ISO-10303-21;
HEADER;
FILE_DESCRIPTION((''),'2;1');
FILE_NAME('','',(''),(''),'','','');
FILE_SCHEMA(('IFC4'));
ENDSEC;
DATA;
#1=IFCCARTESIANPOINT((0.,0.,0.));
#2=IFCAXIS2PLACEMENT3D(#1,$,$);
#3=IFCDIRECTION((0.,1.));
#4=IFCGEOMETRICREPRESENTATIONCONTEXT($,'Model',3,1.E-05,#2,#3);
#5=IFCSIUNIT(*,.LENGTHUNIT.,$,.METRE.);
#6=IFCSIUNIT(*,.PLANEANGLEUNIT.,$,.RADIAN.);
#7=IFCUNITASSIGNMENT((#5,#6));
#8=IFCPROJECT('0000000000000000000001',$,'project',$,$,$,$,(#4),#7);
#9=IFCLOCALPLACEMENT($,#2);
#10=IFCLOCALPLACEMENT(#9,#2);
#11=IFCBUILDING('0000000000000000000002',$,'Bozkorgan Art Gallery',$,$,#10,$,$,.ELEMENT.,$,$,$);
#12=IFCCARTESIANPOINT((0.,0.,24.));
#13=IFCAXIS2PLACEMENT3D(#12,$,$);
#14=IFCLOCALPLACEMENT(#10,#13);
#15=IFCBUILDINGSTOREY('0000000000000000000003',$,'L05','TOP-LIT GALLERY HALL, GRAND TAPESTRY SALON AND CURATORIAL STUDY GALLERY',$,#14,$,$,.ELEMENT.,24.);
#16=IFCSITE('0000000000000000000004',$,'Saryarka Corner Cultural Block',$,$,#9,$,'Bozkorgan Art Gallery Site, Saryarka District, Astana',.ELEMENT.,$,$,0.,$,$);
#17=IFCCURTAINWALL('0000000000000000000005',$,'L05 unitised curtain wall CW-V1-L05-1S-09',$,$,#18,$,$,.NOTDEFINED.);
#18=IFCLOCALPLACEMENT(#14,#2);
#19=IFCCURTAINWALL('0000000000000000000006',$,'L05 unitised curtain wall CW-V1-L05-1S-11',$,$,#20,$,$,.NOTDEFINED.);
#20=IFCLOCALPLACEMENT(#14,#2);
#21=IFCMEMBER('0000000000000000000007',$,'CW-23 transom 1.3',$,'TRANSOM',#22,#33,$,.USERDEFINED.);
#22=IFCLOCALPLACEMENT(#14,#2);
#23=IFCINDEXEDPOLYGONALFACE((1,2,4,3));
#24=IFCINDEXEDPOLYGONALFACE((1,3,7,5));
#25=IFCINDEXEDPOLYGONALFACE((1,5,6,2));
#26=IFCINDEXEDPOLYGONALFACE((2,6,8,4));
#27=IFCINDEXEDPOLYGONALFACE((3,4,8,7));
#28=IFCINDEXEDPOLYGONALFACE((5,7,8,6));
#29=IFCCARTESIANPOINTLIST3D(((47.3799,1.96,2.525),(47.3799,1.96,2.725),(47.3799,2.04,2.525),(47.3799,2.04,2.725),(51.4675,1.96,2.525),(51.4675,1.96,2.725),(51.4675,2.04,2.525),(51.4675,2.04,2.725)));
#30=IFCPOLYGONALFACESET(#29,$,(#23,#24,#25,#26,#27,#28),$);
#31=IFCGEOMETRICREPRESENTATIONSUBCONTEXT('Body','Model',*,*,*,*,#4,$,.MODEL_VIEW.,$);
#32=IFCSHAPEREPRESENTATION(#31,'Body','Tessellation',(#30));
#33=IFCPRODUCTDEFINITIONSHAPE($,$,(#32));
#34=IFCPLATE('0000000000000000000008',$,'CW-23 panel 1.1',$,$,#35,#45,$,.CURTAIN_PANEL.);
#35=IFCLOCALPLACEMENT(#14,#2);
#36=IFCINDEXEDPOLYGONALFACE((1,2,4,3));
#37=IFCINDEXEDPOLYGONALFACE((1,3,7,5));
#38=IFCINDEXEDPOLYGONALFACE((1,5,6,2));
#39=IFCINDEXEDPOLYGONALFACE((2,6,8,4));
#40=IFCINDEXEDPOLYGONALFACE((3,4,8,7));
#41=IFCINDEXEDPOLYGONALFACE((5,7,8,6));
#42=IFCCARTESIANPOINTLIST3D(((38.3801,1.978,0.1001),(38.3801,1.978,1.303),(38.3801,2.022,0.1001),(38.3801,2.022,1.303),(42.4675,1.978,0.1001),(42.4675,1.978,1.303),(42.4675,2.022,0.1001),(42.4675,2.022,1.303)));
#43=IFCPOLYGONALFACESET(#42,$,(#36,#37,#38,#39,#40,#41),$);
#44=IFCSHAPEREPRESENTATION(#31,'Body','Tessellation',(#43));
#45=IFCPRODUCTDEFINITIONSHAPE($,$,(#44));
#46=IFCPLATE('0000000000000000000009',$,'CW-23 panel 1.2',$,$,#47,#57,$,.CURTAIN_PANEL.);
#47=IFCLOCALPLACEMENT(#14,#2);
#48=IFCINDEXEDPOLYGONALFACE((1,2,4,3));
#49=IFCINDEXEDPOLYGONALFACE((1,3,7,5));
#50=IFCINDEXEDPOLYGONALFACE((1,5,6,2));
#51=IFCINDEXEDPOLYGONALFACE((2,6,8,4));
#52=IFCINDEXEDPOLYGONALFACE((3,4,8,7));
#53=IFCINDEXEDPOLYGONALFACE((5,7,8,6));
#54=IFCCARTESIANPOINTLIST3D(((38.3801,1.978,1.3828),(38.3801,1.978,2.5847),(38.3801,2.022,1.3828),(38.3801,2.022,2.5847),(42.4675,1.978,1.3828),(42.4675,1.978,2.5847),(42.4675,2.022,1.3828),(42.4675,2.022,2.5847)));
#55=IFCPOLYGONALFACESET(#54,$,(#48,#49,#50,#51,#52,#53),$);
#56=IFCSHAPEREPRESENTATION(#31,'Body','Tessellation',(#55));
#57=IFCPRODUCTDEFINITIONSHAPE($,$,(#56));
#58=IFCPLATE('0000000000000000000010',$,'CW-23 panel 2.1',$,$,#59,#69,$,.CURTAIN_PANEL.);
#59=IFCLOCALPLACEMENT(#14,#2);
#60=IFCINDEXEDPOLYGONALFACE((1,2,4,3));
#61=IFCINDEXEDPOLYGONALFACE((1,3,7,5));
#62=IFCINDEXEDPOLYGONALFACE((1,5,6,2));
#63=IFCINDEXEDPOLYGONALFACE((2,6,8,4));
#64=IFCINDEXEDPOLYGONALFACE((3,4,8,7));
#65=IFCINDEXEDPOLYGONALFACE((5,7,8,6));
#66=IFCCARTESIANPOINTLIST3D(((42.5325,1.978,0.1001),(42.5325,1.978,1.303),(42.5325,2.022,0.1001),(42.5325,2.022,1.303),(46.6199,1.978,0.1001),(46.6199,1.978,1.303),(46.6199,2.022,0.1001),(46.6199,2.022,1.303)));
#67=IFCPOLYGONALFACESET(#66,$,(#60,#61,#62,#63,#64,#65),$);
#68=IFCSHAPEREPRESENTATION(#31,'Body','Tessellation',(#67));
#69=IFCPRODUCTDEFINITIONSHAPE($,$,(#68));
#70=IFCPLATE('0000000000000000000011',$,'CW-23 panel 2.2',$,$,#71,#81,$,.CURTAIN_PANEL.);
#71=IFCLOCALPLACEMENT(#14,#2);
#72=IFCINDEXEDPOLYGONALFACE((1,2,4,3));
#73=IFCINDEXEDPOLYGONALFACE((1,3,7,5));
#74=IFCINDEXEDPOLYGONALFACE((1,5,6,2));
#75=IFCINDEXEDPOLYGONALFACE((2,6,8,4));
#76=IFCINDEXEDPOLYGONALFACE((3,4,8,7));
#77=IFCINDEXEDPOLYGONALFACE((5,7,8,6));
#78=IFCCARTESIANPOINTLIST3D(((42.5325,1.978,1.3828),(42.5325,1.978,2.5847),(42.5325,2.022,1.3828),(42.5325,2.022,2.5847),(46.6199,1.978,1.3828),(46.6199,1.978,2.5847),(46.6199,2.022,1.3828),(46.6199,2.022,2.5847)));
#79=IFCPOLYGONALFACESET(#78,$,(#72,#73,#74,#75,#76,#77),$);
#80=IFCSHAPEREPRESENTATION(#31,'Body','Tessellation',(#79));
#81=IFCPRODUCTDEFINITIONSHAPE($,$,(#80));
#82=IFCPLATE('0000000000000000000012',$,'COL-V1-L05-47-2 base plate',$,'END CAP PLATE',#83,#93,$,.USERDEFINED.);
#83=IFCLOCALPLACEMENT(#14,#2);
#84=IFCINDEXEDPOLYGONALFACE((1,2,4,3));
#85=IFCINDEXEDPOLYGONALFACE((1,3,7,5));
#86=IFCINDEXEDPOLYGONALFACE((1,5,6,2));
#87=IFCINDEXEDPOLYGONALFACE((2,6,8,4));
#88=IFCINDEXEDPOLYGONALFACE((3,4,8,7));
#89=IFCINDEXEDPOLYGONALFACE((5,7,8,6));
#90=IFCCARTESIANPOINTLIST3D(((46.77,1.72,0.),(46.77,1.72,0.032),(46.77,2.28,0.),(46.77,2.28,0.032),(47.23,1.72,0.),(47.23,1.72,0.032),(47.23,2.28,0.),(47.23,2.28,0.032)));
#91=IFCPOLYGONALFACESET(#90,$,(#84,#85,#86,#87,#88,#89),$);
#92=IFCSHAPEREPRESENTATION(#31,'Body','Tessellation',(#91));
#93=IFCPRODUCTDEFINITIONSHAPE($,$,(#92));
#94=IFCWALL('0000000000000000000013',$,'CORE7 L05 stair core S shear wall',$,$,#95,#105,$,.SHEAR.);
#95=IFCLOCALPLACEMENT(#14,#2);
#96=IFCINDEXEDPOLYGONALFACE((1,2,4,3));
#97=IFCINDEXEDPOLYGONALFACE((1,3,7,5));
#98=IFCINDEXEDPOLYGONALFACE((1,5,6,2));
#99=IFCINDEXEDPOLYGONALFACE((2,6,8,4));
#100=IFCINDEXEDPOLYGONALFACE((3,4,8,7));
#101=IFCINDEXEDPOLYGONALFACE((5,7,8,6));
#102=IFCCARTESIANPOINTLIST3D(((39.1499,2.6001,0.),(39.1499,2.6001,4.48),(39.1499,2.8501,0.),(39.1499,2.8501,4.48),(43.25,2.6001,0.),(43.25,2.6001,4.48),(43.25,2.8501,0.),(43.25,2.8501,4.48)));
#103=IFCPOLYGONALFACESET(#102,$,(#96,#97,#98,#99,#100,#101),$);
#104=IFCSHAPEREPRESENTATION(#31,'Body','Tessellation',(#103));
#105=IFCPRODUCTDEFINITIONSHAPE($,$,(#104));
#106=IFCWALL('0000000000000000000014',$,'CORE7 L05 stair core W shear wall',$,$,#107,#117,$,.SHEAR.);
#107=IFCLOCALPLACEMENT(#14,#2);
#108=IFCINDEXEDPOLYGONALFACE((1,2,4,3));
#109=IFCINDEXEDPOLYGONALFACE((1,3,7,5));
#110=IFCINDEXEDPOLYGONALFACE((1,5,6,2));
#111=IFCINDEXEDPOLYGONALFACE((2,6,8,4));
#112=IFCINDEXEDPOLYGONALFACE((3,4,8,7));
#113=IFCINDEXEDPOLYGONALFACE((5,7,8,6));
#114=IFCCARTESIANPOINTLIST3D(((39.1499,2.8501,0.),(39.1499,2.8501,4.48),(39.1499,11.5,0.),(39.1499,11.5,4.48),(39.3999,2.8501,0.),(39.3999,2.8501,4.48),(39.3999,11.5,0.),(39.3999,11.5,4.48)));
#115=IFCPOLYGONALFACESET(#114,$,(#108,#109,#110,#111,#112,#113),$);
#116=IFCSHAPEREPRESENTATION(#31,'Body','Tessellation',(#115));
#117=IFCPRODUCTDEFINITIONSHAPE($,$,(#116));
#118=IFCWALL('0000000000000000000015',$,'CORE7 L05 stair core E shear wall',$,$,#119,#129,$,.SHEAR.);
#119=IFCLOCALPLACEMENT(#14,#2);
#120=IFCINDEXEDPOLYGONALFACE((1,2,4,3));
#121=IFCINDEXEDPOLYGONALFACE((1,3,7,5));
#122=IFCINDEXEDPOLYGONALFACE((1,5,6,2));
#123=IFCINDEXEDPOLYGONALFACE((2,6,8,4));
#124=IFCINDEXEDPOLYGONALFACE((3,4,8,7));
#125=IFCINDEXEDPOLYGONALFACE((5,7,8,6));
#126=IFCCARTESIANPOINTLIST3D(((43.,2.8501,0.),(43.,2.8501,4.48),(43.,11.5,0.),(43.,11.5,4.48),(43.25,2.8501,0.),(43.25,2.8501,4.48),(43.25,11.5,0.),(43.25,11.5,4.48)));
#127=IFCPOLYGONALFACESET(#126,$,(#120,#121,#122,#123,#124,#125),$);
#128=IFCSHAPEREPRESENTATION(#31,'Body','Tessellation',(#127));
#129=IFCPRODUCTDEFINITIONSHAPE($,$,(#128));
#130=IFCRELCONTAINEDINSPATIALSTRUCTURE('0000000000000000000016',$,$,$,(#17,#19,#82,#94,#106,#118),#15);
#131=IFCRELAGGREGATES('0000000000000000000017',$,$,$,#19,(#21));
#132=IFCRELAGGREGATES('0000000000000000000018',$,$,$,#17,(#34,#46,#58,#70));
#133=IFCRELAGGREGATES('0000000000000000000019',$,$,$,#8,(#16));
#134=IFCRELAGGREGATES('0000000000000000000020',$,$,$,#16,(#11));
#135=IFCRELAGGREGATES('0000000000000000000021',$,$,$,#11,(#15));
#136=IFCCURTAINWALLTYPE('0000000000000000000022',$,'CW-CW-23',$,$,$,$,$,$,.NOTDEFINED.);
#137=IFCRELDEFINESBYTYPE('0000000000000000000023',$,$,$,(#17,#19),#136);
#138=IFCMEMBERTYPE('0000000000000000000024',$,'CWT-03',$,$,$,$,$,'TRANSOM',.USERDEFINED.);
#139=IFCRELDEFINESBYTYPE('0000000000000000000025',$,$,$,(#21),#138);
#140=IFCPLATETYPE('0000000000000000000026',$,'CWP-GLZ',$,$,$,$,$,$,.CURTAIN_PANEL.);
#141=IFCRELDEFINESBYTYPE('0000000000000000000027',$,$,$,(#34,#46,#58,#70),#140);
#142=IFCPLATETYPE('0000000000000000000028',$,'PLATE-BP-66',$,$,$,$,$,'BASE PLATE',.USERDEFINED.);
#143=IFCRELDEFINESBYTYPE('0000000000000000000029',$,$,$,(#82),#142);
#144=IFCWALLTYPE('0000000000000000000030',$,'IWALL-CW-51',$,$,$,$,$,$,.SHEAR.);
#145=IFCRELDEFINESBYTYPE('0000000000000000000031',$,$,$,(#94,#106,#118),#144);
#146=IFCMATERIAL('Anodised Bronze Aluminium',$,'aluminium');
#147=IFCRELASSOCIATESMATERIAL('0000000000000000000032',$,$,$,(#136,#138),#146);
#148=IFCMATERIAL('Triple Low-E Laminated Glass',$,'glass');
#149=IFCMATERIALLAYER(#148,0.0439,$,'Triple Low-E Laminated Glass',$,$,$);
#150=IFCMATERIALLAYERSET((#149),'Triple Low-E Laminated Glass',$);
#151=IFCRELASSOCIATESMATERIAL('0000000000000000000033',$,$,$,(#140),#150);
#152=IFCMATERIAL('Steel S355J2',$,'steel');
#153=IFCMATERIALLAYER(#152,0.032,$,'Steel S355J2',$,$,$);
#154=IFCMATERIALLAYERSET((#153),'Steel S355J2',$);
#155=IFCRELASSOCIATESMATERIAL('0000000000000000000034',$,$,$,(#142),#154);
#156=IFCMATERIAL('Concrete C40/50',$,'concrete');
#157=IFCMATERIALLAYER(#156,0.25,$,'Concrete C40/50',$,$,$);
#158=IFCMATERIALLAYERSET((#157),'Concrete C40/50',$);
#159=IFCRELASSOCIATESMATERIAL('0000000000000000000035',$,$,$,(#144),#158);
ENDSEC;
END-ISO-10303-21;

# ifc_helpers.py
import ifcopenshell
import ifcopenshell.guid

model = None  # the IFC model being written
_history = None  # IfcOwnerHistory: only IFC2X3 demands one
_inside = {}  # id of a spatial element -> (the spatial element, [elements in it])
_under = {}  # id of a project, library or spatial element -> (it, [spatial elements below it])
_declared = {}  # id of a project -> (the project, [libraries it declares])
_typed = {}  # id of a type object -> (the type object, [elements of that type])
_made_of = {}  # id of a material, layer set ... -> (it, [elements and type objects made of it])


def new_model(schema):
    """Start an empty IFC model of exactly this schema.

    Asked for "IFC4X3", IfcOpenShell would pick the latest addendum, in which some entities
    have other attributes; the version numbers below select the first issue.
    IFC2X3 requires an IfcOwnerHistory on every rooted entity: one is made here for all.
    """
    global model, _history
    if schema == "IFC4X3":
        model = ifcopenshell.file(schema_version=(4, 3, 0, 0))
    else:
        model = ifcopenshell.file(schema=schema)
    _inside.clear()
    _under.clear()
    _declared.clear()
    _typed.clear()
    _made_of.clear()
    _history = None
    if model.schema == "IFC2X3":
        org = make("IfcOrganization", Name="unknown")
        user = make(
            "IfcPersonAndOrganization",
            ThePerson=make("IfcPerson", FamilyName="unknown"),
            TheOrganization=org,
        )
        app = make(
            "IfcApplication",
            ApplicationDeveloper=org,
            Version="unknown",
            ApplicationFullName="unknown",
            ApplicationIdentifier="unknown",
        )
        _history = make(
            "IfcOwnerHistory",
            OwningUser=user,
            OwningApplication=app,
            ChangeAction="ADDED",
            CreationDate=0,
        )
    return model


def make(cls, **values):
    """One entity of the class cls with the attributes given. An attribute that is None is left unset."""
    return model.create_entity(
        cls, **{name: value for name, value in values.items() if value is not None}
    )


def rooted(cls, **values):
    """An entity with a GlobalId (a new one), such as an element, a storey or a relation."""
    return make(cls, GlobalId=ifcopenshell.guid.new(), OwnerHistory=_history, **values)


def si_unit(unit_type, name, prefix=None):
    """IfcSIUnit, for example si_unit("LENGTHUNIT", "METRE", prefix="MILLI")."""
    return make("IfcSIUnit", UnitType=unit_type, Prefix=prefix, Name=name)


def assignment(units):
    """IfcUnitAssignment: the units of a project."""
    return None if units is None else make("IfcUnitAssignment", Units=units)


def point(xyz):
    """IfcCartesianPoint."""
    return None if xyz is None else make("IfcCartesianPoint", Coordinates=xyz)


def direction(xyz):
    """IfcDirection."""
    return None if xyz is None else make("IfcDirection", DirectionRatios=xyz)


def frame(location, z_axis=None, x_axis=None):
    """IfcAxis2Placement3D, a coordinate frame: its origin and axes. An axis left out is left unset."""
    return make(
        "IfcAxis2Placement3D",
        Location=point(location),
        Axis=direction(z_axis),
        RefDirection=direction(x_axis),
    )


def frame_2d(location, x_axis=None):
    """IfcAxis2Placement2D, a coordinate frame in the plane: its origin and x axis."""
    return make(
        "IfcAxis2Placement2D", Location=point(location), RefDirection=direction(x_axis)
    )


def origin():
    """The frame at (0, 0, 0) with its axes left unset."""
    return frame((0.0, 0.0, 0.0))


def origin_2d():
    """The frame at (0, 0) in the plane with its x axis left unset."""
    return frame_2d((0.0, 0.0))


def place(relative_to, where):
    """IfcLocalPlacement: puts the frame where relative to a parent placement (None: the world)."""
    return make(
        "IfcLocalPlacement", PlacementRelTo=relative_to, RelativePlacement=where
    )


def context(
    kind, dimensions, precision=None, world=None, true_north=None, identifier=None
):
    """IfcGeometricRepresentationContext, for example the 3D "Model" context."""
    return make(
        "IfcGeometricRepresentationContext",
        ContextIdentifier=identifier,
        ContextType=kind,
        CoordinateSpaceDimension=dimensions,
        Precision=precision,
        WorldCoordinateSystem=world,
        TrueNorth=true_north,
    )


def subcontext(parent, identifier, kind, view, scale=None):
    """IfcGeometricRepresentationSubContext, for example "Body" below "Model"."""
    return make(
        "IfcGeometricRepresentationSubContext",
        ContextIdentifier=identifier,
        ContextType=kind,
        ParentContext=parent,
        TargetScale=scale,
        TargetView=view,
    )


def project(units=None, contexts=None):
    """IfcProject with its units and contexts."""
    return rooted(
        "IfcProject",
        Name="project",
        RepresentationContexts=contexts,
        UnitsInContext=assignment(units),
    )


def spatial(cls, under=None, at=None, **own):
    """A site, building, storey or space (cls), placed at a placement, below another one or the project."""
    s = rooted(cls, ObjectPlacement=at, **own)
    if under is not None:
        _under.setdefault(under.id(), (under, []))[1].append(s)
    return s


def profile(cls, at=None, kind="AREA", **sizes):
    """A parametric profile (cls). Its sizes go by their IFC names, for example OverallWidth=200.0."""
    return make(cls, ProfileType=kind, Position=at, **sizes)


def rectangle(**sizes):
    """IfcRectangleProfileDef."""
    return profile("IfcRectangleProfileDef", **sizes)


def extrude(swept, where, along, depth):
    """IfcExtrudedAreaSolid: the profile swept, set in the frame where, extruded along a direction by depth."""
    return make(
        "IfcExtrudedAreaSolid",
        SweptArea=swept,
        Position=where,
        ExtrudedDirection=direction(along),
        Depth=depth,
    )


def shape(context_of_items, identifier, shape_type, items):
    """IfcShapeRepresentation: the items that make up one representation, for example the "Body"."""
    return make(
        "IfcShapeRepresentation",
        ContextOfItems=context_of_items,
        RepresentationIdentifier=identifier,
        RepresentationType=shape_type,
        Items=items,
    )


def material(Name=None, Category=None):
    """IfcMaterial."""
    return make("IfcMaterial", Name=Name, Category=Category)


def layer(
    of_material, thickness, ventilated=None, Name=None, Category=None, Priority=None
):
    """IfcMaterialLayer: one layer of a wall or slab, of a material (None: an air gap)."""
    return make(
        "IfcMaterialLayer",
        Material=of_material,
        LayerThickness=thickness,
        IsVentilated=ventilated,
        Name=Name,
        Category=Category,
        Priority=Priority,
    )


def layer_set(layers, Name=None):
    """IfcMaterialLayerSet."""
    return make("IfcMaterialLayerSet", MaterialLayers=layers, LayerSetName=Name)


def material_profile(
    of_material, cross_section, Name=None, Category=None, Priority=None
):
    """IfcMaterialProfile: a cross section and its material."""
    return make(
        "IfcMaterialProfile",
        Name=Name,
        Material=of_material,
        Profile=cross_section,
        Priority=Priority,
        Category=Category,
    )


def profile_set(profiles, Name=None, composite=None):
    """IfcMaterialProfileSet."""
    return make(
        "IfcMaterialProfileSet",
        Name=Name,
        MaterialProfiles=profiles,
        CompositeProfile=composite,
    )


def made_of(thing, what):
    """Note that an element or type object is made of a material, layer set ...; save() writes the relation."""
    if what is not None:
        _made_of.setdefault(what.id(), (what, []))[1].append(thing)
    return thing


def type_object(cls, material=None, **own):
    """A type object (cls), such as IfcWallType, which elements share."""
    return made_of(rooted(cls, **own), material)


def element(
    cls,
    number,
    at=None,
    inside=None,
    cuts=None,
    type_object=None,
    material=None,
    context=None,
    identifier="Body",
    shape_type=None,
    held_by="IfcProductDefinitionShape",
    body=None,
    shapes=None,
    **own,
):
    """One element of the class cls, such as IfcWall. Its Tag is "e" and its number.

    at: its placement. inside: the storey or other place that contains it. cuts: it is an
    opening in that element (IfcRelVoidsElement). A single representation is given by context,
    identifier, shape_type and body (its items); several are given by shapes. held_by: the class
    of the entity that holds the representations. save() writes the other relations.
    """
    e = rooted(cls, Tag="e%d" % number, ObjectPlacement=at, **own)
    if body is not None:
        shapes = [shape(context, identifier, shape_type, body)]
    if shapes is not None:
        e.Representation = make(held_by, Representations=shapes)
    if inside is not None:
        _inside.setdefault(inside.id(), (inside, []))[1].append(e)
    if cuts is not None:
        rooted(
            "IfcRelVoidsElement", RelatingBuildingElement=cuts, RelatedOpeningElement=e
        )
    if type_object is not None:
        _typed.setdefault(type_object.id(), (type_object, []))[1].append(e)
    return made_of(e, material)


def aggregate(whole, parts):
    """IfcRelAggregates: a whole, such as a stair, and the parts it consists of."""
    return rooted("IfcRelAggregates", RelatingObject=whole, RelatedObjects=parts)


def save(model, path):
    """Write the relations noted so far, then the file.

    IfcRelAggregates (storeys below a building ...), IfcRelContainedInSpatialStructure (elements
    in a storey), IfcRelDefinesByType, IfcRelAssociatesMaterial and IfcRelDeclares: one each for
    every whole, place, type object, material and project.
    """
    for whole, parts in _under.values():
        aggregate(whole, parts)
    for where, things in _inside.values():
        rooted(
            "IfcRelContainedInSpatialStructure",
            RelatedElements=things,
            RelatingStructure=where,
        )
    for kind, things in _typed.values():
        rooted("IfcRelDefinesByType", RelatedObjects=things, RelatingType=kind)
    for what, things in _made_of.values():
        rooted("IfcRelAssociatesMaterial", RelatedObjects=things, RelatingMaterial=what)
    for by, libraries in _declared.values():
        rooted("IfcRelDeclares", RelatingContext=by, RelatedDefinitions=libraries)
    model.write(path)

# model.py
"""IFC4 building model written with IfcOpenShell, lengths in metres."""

from ifc_helpers import new_model, si_unit, direction, frame, frame_2d, origin, origin_2d, place, context, subcontext, project, spatial, rectangle, extrude, material, layer, layer_set, material_profile, profile_set, type_object, element, aggregate, save


model = new_model("IFC4")

# Units and contexts
model_context = context("Model", 3, precision=1e-05, world=origin(), true_north=direction((0.0, 1.0)))
body_context = subcontext(model_context, "Body", "Model", "MODEL_VIEW")
ifc_project = project(units=[si_unit("LENGTHUNIT", "METRE"), si_unit("PLANEANGLEUNIT", "RADIAN")], contexts=[model_context])

# Site, building, storey
site_placement = place(None, origin())
site = spatial("IfcSite", under=ifc_project, at=site_placement, Name="Saryarka Corner Cultural Block", LongName="Bozkorgan Art Gallery Site, Saryarka District, Astana", CompositionType="ELEMENT", RefElevation=0.0)
building_placement = place(site_placement, origin())
building = spatial("IfcBuilding", under=site, at=building_placement, Name="Bozkorgan Art Gallery", CompositionType="ELEMENT")
storey_placement = place(building_placement, frame((0.0, 0.0, 24.0)))
storey = spatial("IfcBuildingStorey", under=building, at=storey_placement, Name="L05", Description="TOP-LIT GALLERY HALL, GRAND TAPESTRY SALON AND CURATORIAL STUDY GALLERY", CompositionType="ELEMENT", Elevation=24.0)

# Shared definitions
ifc_material_1 = material(Name="Steel S355J2", Category="steel")

# Curtain wall
ifc_material_2 = material(Name="Anodised Bronze Aluminium", Category="aluminium")
curtain_wall_type = type_object("IfcCurtainWallType", Name="CW-CW-23", PredefinedType="NOTDEFINED", material=ifc_material_2)
curtain_wall_1_placement = place(storey_placement, origin())
curtain_wall_1 = element("IfcCurtainWall", 1, at=curtain_wall_1_placement, inside=storey, type_object=curtain_wall_type, Name="L05 unitised curtain wall CW-V1-L05-1S-09", PredefinedType="NOTDEFINED")

# Curtain wall
curtain_wall_2_placement = place(storey_placement, origin())
curtain_wall_2 = element("IfcCurtainWall", 2, at=curtain_wall_2_placement, inside=storey, type_object=curtain_wall_type, Name="L05 unitised curtain wall CW-V1-L05-1S-11", PredefinedType="NOTDEFINED")

# Member
ifc_material_profile_1 = material_profile(ifc_material_2, rectangle(XDim=0.0801, YDim=0.2, at=origin_2d()), Name="ALU TRANSOM 80x200")
ifc_profile_set_1 = profile_set([ifc_material_profile_1], Name="Anodised Bronze Aluminium")
member_type_1 = type_object("IfcMemberType", Name="CWT-03", ElementType="TRANSOM", PredefinedType="USERDEFINED", material=ifc_profile_set_1)
member_1_placement = place(storey_placement, frame((47.3799, 2.0, 2.625), z_axis=(1.0, 0.0, 0.0), x_axis=(0.0, 1.0, 0.0)))
member_1 = element("IfcMember", 3, at=member_1_placement, type_object=member_type_1, Name="CW-23 transom 1.3", ObjectType="TRANSOM", PredefinedType="USERDEFINED", context=body_context, shape_type="SweptSolid", body=[
    extrude(rectangle(XDim=0.0801, YDim=0.2, at=origin_2d()), origin(), (0.0, 0.0, 1.0), 4.0876),
])
aggregate(curtain_wall_2, [member_1])

# Plates
ifc_material_3 = material(Name="Triple Low-E Laminated Glass", Category="glass")
ifc_layer_1 = layer(ifc_material_3, 0.0439, Name="Triple Low-E Laminated Glass")
ifc_layer_set_1 = layer_set([ifc_layer_1], Name="Triple Low-E Laminated Glass")
plate_type_1 = type_object("IfcPlateType", Name="CWP-GLZ", PredefinedType="CURTAIN_PANEL", material=ifc_layer_set_1)
plate_1_placement = place(storey_placement, frame((40.4238, 2.0, 0.1001), z_axis=(0.0, 0.0, 1.0), x_axis=(1.0, 0.0, 0.0)))
plate_1 = element("IfcPlate", 4, at=plate_1_placement, type_object=plate_type_1, Name="CW-23 panel 1.1", PredefinedType="CURTAIN_PANEL", context=body_context, shape_type="SweptSolid", body=[
    extrude(rectangle(XDim=4.0874, YDim=0.0439, at=origin_2d()), origin(), (0.0, 0.0, 1.0), 1.2029),
])
plate_2_placement = place(storey_placement, frame((40.4238, 2.0, 1.3828), z_axis=(0.0, 0.0, 1.0), x_axis=(1.0, 0.0, 0.0)))
plate_2 = element("IfcPlate", 5, at=plate_2_placement, type_object=plate_type_1, Name="CW-23 panel 1.2", PredefinedType="CURTAIN_PANEL", context=body_context, shape_type="SweptSolid", body=[
    extrude(rectangle(XDim=4.0874, YDim=0.0439, at=origin_2d()), origin(), (0.0, 0.0, 1.0), 1.2019),
])
plate_3_placement = place(storey_placement, frame((44.5762, 2.0, 0.1001), z_axis=(0.0, 0.0, 1.0), x_axis=(1.0, 0.0, 0.0)))
plate_3 = element("IfcPlate", 6, at=plate_3_placement, type_object=plate_type_1, Name="CW-23 panel 2.1", PredefinedType="CURTAIN_PANEL", context=body_context, shape_type="SweptSolid", body=[
    extrude(rectangle(XDim=4.0874, YDim=0.0439, at=origin_2d()), origin(), (0.0, 0.0, 1.0), 1.2029),
])
plate_4_placement = place(storey_placement, frame((44.5762, 2.0, 1.3828), z_axis=(0.0, 0.0, 1.0), x_axis=(1.0, 0.0, 0.0)))
plate_4 = element("IfcPlate", 7, at=plate_4_placement, type_object=plate_type_1, Name="CW-23 panel 2.2", PredefinedType="CURTAIN_PANEL", context=body_context, shape_type="SweptSolid", body=[
    extrude(rectangle(XDim=4.0874, YDim=0.0439, at=origin_2d()), origin(), (0.0, 0.0, 1.0), 1.2019),
])
aggregate(curtain_wall_1, [plate_1, plate_2, plate_3, plate_4])
ifc_layer_2 = layer(ifc_material_1, 0.032, Name="Steel S355J2")
ifc_layer_set_2 = layer_set([ifc_layer_2], Name="Steel S355J2")
plate_type_2 = type_object("IfcPlateType", Name="PLATE-BP-66", ElementType="BASE PLATE", PredefinedType="USERDEFINED", material=ifc_layer_set_2)
plate_5_placement = place(storey_placement, frame((47.0, 2.0, 0.0), z_axis=(0.0, 0.0, 1.0), x_axis=(1.0, 0.0, 0.0)))
element("IfcPlate", 8, at=plate_5_placement, inside=storey, type_object=plate_type_2, Name="COL-V1-L05-47-2 base plate", ObjectType="END CAP PLATE", PredefinedType="USERDEFINED", context=body_context, shape_type="SweptSolid", body=[
    extrude(rectangle(XDim=0.46, YDim=0.5601, at=origin_2d()), origin(), (0.0, 0.0, 1.0), 0.032),
])

# Walls
ifc_material_4 = material(Name="Concrete C40/50", Category="concrete")
ifc_layer_3 = layer(ifc_material_4, 0.25, Name="Concrete C40/50")
ifc_layer_set_3 = layer_set([ifc_layer_3], Name="Concrete C40/50")
wall_type = type_object("IfcWallType", Name="IWALL-CW-51", PredefinedType="SHEAR", material=ifc_layer_set_3)
wall_placement = place(storey_placement, frame((39.1499, 2.7251, 0.0), z_axis=(0.0, 0.0, 1.0), x_axis=(1.0, 0.0, 0.0)))
element("IfcWall", 9, at=wall_placement, inside=storey, type_object=wall_type, Name="CORE7 L05 stair core S shear wall", PredefinedType="SHEAR", context=body_context, shape_type="SweptSolid", body=[
    extrude(rectangle(XDim=4.1001, YDim=0.25, at=frame_2d((2.05, 0.0))), origin(), (0.0, 0.0, 1.0), 4.48),
])
for number, where, z_axis, x_axis, name in (
    (10, (39.2749, 2.8501, 0.0), (0.0, 0.0, 1.0), (0.0, 1.0, 0.0), "CORE7 L05 stair core W shear wall"),
    (11, (43.125, 2.8501, 0.0), (0.0, 0.0, 1.0), (0.0, 1.0, 0.0), "CORE7 L05 stair core E shear wall"),
):
    element("IfcWall", number, at=place(storey_placement, frame(where, z_axis=z_axis, x_axis=x_axis)), inside=storey, type_object=wall_type, Name=name, PredefinedType="SHEAR", context=body_context, shape_type="SweptSolid", body=[
        extrude(rectangle(XDim=8.6499, YDim=0.25, at=frame_2d((4.325, 0.0))), origin(), (0.0, 0.0, 1.0), 4.48),
    ])

save(model, "model.ifc")
